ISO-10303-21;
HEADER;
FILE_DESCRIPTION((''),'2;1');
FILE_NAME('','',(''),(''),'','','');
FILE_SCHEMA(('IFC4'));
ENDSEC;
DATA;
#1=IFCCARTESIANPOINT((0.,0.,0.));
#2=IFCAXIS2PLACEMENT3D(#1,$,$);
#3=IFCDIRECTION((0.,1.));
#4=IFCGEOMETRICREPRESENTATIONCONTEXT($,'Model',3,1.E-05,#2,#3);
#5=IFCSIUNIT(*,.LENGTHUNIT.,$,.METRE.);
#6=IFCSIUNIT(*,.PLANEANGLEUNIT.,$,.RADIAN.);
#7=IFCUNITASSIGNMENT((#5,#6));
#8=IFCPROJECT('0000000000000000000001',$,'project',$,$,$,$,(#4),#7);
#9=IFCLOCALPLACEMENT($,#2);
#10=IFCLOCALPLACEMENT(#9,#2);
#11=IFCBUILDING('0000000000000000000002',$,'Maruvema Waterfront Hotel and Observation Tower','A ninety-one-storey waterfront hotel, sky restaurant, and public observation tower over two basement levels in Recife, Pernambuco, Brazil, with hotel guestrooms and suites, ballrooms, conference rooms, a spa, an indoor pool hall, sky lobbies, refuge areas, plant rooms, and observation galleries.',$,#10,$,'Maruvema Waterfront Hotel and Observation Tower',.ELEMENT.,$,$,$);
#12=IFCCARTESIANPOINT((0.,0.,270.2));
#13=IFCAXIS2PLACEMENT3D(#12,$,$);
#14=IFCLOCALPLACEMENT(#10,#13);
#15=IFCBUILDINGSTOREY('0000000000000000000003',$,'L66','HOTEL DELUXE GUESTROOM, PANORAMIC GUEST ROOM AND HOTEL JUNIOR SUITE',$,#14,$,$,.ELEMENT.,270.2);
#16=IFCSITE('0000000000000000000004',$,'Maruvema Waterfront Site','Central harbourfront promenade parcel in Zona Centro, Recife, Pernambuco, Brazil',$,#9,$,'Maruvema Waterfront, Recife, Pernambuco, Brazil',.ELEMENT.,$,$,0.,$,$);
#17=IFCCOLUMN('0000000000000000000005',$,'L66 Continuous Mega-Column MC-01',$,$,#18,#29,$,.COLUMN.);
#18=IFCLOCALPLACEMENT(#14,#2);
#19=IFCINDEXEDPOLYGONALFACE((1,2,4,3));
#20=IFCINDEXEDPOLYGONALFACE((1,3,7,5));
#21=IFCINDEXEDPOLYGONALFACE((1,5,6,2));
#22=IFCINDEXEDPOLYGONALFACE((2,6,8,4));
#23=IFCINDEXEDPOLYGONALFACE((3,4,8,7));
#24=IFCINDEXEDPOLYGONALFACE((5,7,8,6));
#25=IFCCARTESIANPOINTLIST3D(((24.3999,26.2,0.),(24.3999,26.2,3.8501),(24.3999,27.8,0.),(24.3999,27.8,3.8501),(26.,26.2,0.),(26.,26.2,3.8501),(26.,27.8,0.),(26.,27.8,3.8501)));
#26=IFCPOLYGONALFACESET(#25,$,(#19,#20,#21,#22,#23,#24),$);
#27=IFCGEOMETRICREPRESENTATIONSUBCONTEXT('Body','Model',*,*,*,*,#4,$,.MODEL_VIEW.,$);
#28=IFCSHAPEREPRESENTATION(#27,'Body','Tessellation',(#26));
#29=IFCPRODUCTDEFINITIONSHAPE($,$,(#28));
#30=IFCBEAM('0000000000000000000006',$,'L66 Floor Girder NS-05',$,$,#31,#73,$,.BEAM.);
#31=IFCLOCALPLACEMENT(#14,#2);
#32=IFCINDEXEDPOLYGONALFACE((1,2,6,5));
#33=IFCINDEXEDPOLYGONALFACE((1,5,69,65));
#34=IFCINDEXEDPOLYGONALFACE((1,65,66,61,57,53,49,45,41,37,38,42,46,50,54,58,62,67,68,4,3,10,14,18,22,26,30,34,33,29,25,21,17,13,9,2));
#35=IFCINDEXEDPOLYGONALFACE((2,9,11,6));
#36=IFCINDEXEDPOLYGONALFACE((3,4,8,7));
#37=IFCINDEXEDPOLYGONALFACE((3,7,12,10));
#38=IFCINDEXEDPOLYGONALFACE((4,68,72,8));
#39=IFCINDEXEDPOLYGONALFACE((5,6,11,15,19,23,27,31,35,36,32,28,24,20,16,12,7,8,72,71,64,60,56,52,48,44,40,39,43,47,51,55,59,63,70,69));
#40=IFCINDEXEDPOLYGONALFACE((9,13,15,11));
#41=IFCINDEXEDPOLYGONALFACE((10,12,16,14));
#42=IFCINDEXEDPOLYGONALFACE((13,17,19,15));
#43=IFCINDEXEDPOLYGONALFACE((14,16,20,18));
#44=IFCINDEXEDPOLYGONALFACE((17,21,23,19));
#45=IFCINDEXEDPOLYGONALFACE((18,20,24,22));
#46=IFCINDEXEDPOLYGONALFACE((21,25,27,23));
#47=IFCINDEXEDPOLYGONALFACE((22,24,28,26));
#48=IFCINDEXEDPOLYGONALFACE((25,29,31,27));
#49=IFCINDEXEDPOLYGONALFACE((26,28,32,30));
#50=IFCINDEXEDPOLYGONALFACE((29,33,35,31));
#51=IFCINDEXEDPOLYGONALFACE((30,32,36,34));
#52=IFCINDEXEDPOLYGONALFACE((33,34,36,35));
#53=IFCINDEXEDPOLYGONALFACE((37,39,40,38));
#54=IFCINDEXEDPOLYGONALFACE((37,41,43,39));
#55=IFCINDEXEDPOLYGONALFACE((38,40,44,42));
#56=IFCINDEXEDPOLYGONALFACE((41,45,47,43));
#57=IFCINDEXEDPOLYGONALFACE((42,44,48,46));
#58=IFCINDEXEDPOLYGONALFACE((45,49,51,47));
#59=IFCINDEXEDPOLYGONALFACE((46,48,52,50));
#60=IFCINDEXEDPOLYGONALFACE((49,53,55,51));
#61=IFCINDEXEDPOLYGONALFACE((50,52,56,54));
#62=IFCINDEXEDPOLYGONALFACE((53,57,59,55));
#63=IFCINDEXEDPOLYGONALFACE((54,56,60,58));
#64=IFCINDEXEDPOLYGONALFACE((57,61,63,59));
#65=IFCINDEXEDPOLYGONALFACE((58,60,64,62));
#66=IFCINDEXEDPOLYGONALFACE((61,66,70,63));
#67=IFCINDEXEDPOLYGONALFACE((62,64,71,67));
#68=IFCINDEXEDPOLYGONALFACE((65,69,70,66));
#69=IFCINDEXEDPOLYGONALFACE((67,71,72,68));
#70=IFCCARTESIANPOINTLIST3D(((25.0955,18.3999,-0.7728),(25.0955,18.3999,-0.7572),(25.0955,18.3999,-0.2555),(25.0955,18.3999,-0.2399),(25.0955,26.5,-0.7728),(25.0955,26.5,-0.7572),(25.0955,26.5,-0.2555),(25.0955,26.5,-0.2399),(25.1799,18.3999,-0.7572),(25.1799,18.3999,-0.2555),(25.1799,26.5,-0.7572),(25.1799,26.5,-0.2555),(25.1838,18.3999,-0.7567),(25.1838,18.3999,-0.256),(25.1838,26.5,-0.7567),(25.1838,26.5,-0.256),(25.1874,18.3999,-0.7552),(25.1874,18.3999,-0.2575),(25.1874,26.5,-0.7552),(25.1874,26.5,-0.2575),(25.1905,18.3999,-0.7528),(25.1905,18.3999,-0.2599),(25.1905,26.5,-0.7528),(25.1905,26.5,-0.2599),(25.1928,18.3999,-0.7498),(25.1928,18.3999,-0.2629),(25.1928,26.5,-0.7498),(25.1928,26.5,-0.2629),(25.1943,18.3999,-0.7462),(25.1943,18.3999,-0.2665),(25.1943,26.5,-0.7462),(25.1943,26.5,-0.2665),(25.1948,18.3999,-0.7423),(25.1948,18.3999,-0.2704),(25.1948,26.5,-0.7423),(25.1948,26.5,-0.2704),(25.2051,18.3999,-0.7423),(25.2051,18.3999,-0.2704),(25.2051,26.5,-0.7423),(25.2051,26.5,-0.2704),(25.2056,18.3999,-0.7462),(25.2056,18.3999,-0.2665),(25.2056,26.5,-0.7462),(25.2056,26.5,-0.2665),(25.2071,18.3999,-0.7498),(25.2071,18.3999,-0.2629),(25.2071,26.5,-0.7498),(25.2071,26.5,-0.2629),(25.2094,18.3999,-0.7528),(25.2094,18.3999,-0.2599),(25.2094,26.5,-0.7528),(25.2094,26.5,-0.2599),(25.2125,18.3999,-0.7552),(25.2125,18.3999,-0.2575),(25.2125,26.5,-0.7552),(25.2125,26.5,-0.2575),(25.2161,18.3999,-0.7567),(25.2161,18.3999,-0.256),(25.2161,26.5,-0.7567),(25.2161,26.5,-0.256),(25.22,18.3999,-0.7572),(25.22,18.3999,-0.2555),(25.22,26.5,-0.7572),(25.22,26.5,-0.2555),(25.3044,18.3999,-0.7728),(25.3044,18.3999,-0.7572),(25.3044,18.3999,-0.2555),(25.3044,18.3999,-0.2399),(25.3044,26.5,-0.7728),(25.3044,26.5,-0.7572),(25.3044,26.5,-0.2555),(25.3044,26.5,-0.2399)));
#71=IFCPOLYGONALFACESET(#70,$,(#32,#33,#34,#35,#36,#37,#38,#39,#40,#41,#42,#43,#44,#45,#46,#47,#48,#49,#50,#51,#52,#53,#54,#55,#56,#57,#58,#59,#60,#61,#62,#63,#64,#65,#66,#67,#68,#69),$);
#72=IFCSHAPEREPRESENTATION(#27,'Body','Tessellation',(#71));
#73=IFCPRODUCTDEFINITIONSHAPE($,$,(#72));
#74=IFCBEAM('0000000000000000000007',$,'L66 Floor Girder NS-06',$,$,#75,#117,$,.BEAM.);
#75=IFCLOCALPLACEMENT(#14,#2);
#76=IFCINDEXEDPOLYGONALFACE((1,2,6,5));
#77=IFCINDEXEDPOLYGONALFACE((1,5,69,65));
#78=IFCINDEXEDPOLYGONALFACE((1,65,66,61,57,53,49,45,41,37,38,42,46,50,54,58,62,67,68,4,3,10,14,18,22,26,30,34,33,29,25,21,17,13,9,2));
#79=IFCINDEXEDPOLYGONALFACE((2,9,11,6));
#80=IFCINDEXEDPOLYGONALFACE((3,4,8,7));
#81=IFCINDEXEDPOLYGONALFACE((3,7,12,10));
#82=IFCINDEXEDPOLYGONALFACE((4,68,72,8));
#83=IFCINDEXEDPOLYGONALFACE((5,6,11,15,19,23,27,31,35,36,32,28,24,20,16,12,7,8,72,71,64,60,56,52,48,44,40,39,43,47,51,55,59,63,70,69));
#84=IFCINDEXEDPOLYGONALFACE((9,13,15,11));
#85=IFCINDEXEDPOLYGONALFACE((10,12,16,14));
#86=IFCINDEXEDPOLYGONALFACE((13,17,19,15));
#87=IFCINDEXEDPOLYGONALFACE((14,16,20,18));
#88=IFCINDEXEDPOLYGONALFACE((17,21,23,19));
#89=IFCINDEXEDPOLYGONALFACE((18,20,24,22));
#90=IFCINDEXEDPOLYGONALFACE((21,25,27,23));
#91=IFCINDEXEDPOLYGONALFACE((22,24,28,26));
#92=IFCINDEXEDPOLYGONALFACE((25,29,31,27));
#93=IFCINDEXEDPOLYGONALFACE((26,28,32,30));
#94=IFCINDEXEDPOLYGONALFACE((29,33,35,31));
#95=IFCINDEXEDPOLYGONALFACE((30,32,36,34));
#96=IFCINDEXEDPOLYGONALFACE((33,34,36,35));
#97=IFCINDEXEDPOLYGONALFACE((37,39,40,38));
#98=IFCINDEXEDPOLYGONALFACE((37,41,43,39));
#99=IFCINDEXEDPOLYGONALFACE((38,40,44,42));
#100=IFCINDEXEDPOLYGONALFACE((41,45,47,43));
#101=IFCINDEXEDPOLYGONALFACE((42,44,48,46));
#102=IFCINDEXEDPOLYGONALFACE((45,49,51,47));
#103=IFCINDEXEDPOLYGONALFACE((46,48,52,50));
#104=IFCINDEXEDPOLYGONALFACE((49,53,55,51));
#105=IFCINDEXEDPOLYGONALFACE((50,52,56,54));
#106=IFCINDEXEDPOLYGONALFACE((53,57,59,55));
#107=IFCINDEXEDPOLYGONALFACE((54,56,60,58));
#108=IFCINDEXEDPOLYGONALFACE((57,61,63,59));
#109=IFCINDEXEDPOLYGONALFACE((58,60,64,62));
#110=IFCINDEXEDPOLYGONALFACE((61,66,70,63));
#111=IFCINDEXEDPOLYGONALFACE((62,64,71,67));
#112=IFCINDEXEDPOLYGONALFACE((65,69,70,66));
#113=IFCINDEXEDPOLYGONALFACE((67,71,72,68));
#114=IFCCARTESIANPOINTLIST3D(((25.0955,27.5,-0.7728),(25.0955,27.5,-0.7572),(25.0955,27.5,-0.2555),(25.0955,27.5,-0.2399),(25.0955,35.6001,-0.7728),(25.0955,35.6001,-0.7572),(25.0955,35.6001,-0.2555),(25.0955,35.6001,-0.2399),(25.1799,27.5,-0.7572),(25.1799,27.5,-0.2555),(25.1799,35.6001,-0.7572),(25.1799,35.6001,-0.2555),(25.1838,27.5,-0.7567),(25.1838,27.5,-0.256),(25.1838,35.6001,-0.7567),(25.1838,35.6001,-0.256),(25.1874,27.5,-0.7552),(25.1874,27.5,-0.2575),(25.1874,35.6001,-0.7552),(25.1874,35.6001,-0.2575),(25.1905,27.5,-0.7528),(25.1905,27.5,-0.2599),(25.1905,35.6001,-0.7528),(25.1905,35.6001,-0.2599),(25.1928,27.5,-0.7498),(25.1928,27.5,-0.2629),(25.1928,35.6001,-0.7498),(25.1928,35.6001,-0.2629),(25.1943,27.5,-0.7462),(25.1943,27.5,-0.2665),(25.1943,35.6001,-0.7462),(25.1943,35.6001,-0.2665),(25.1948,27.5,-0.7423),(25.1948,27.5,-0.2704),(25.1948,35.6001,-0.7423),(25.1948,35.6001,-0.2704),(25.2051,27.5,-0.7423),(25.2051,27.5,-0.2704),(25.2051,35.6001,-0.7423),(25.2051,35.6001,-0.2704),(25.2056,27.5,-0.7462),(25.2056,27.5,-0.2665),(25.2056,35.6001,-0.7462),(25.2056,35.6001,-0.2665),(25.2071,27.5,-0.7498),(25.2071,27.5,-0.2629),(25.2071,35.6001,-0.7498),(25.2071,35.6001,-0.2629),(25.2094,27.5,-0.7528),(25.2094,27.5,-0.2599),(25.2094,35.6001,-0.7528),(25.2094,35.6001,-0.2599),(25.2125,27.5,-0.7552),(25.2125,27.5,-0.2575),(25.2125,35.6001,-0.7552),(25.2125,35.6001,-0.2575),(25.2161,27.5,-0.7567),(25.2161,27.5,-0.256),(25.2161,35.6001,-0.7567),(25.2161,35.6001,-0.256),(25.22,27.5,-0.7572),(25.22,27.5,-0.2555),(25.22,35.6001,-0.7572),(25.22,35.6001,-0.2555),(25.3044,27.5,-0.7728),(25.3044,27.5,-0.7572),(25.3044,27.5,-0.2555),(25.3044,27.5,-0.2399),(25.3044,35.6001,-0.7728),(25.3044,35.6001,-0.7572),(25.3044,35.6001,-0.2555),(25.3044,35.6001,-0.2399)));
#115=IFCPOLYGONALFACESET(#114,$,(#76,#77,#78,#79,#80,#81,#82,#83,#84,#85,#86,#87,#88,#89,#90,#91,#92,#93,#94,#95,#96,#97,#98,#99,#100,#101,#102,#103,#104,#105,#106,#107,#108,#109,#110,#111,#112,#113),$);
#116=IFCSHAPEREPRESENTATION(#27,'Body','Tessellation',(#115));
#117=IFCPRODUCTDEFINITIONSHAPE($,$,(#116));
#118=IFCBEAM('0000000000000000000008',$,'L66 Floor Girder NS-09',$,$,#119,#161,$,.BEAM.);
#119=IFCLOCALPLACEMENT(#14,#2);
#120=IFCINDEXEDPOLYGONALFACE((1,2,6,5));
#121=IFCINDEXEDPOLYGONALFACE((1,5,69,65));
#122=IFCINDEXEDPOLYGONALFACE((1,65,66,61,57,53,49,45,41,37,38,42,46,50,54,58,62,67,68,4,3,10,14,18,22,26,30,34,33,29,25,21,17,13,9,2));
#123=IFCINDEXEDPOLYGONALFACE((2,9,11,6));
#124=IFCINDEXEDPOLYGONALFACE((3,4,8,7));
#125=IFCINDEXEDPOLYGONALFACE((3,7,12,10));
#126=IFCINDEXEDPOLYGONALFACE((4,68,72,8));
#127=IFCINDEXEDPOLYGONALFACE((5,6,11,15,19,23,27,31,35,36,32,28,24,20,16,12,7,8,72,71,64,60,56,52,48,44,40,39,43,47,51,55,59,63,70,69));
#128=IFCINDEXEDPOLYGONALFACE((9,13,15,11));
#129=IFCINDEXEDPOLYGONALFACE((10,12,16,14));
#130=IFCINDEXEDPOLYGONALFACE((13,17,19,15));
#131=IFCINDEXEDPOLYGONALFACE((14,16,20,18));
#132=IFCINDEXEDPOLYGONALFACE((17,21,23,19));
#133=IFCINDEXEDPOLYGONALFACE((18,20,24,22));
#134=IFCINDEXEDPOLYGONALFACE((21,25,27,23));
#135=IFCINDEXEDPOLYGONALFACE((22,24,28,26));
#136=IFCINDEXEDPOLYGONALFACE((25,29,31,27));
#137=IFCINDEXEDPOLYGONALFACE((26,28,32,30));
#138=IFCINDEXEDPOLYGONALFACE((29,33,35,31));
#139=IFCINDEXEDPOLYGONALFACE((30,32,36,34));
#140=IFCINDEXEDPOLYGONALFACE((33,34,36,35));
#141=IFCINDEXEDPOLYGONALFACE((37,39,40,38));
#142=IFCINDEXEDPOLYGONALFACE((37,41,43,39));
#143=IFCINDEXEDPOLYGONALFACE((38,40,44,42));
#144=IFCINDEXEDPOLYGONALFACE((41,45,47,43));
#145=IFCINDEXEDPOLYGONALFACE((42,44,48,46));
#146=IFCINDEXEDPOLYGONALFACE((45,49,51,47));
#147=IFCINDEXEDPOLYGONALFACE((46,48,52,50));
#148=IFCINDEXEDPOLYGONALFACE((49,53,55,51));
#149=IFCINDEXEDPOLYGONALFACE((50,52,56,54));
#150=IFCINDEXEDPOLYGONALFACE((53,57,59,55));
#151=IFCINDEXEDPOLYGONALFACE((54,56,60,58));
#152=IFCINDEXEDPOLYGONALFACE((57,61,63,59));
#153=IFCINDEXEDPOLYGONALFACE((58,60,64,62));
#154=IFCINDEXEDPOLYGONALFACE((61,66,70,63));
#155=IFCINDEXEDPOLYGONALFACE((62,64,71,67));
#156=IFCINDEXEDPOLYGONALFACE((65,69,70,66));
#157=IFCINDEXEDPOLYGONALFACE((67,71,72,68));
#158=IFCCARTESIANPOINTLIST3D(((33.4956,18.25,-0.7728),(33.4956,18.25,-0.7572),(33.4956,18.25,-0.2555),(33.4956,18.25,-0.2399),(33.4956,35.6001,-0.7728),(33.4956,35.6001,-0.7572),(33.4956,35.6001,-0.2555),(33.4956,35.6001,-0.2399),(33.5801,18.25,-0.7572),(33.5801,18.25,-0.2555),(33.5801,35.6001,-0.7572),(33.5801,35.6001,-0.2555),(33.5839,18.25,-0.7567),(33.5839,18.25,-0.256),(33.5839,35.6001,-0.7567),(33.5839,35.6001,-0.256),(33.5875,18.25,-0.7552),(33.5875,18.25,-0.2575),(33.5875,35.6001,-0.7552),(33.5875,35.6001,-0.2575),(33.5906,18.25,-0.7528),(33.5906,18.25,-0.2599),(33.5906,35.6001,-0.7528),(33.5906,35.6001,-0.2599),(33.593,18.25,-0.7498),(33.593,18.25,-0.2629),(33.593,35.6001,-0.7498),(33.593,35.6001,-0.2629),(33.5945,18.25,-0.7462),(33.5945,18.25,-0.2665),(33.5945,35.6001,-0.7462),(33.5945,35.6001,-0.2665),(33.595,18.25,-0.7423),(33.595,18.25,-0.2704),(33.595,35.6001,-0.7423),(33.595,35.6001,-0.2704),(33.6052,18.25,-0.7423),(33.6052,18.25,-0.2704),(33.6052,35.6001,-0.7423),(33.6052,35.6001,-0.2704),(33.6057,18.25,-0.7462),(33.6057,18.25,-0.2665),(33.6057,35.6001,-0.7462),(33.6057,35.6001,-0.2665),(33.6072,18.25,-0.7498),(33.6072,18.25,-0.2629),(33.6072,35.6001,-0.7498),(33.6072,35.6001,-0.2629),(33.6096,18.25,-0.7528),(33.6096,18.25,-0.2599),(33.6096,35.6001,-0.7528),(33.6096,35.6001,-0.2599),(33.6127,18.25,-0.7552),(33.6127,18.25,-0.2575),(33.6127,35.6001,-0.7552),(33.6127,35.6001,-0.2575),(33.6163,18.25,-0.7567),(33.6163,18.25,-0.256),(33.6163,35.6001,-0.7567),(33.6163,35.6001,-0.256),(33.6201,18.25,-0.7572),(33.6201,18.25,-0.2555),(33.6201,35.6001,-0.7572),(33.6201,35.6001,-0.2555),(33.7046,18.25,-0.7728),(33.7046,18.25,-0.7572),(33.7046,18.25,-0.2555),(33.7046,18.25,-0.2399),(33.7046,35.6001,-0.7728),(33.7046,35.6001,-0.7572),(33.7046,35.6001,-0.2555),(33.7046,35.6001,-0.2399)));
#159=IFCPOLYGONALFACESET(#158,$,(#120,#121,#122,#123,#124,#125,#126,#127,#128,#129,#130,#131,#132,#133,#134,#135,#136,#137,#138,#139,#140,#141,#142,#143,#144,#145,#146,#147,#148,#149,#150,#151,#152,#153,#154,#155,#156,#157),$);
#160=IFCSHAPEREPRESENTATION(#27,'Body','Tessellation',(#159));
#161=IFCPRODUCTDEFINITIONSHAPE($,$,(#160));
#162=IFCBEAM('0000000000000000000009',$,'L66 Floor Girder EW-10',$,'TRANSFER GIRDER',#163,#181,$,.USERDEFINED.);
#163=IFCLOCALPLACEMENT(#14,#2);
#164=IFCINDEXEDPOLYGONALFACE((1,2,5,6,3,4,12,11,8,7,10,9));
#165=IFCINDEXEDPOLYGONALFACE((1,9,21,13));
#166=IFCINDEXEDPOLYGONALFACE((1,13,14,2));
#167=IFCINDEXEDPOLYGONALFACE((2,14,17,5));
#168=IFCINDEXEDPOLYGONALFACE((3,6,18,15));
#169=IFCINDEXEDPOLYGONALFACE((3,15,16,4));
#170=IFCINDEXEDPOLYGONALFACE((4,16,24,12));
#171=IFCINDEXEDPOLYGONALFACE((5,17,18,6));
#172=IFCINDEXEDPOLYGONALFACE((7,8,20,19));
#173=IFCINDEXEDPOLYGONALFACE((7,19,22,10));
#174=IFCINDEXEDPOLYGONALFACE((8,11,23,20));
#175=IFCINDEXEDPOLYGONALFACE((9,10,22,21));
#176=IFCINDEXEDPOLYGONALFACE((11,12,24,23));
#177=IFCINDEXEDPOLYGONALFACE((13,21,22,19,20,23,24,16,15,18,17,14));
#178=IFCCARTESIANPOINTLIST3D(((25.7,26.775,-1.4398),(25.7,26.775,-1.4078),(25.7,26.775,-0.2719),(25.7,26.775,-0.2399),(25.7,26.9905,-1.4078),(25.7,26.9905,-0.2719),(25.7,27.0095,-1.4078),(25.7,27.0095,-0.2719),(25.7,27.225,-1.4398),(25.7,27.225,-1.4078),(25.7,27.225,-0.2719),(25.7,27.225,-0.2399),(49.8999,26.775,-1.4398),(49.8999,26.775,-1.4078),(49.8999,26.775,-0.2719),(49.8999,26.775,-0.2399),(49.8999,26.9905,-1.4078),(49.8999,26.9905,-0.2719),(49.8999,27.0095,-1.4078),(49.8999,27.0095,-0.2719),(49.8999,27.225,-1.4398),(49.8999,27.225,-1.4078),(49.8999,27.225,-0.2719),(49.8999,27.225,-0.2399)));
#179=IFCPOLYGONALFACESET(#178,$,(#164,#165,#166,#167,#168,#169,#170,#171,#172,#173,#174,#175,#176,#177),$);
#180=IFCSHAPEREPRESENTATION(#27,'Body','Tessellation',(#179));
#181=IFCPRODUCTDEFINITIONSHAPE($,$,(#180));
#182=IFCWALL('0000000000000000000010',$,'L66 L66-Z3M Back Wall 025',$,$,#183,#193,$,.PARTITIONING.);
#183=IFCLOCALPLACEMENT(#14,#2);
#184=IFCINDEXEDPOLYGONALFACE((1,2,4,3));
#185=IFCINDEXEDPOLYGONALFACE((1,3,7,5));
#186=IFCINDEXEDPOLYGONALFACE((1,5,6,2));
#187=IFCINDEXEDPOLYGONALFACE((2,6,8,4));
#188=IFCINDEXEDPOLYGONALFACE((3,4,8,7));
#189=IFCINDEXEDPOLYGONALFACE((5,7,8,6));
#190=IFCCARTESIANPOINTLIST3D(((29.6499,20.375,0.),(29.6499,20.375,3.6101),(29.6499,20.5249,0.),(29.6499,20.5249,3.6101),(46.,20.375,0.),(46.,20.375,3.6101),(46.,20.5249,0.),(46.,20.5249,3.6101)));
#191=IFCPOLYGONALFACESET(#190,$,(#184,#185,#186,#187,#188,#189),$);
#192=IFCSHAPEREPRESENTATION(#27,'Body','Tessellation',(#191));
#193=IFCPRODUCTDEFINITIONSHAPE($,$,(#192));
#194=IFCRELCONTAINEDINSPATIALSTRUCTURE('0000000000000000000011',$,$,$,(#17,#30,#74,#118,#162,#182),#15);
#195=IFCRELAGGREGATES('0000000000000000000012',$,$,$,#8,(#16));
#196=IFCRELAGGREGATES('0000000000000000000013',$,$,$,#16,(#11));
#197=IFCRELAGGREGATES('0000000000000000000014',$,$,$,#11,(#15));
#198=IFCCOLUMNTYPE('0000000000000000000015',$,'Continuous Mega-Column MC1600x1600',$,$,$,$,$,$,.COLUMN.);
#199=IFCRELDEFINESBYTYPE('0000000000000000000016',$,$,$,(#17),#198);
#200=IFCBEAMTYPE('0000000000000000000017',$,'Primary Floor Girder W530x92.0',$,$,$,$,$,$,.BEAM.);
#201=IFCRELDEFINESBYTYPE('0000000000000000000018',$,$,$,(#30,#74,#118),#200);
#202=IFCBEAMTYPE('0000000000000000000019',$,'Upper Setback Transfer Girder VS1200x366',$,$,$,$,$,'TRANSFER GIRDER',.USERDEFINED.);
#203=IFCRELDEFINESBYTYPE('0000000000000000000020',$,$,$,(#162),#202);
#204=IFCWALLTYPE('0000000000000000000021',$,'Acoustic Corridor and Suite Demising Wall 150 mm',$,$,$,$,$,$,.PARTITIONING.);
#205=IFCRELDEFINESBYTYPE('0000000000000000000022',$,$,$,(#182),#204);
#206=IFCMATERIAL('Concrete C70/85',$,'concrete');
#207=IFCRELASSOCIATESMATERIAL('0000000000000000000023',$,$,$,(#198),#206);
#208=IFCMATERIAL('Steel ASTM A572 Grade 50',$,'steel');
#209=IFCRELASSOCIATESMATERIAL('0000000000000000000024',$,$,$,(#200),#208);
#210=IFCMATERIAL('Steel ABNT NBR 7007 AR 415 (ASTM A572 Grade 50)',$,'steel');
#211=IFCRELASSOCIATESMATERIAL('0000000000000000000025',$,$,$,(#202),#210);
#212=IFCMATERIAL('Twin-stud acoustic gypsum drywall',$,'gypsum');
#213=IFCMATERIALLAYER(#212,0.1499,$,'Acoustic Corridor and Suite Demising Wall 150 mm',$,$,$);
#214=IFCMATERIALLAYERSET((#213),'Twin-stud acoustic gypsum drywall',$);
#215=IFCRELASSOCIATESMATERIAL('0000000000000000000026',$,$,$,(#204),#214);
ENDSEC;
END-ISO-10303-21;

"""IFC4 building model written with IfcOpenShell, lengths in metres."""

from ifc_helpers import new_model, si_unit, direction, frame, frame_2d, origin, origin_2d, place, context, subcontext, project, spatial, rectangle, i_section, extrude, material, layer, layer_set, material_profile, profile_set, type_object, element, save


model = new_model("IFC4")

# Units and contexts
model_context = context("Model", 3, precision=1e-05, world=origin(), true_north=direction((0.0, 1.0)))
body_context = subcontext(model_context, "Body", "Model", "MODEL_VIEW")
ifc_project = project(units=[si_unit("LENGTHUNIT", "METRE"), si_unit("PLANEANGLEUNIT", "RADIAN")], contexts=[model_context])

# Site, building, storey
site_placement = place(None, origin())
site = spatial("IfcSite", under=ifc_project, at=site_placement, Name="Maruvema Waterfront Site", Description="Central harbourfront promenade parcel in Zona Centro, Recife, Pernambuco, Brazil", LongName="Maruvema Waterfront, Recife, Pernambuco, Brazil", CompositionType="ELEMENT", RefElevation=0.0)
building_placement = place(site_placement, origin())
building = spatial("IfcBuilding", under=site, at=building_placement, Name="Maruvema Waterfront Hotel and Observation Tower", Description="A ninety-one-storey waterfront hotel, sky restaurant, and public observation tower over two basement levels in Recife, Pernambuco, Brazil, with hotel guestrooms and suites, ballrooms, conference rooms, a spa, an indoor pool hall, sky lobbies, refuge areas, plant rooms, and observation galleries.", LongName="Maruvema Waterfront Hotel and Observation Tower", CompositionType="ELEMENT")
storey_placement = place(building_placement, frame((0.0, 0.0, 270.2)))
storey = spatial("IfcBuildingStorey", under=building, at=storey_placement, Name="L66", Description="HOTEL DELUXE GUESTROOM, PANORAMIC GUEST ROOM AND HOTEL JUNIOR SUITE", CompositionType="ELEMENT", Elevation=270.2)

# Column
ifc_material_1 = material(Name="Concrete C70/85", Category="concrete")
ifc_material_profile_1 = material_profile(ifc_material_1, rectangle(XDim=1.6001, YDim=1.6001, at=origin_2d()), Name="MC1600x1600")
ifc_profile_set_1 = profile_set([ifc_material_profile_1], Name="Concrete C70/85")
column_type = type_object("IfcColumnType", Name="Continuous Mega-Column MC1600x1600", PredefinedType="COLUMN", material=ifc_profile_set_1)
column_placement = place(storey_placement, frame((25.2, 27.0, 0.0), z_axis=(0.0, 0.0, 1.0), x_axis=(1.0, 0.0, 0.0)))
element("IfcColumn", 1, at=column_placement, inside=storey, type_object=column_type, Name="L66 Continuous Mega-Column MC-01", PredefinedType="COLUMN", context=body_context, shape_type="SweptSolid", body=[
    extrude(rectangle(XDim=1.6001, YDim=1.6001, at=origin_2d()), origin(), (0.0, 0.0, 1.0), 3.8501),
])

# Beams
ifc_material_2 = material(Name="Steel ASTM A572 Grade 50", Category="steel")
ifc_material_profile_2 = material_profile(ifc_material_2, i_section(OverallWidth=0.209, OverallDepth=0.533, WebThickness=0.0103, FlangeThickness=0.0156, FilletRadius=0.0149, at=origin_2d()), Name="W530x92.0")
ifc_profile_set_2 = profile_set([ifc_material_profile_2], Name="Steel ASTM A572 Grade 50")
beam_type_1 = type_object("IfcBeamType", Name="Primary Floor Girder W530x92.0", PredefinedType="BEAM", material=ifc_profile_set_2)
for number, where, z_axis, x_axis, name in (
    (2, (25.2, 18.3999, -0.5063), (0.0, 1.0, 0.0), (-1.0, 0.0, 0.0), "L66 Floor Girder NS-05"),
    (3, (25.2, 27.5, -0.5063), (0.0, 1.0, 0.0), (-1.0, 0.0, 0.0), "L66 Floor Girder NS-06"),
):
    element("IfcBeam", number, at=place(storey_placement, frame(where, z_axis=z_axis, x_axis=x_axis)), inside=storey, type_object=beam_type_1, Name=name, PredefinedType="BEAM", context=body_context, shape_type="SweptSolid", body=[
        extrude(i_section(OverallWidth=0.209, OverallDepth=0.533, WebThickness=0.0103, FlangeThickness=0.0156, FilletRadius=0.0149, at=origin_2d()), origin(), (0.0, 0.0, 1.0), 8.1001),
    ])
beam_1_placement = place(storey_placement, frame((33.6001, 18.25, -0.5063), z_axis=(0.0, 1.0, 0.0), x_axis=(-1.0, 0.0, 0.0)))
element("IfcBeam", 4, at=beam_1_placement, inside=storey, type_object=beam_type_1, Name="L66 Floor Girder NS-09", PredefinedType="BEAM", context=body_context, shape_type="SweptSolid", body=[
    extrude(i_section(OverallWidth=0.209, OverallDepth=0.533, WebThickness=0.0103, FlangeThickness=0.0156, FilletRadius=0.0149, at=origin_2d()), origin(), (0.0, 0.0, 1.0), 17.3501),
])
ifc_material_3 = material(Name="Steel ABNT NBR 7007 AR 415 (ASTM A572 Grade 50)", Category="steel")
ifc_material_profile_3 = material_profile(ifc_material_3, i_section(OverallWidth=0.45, OverallDepth=1.2, WebThickness=0.019, FlangeThickness=0.032, at=origin_2d()), Name="VS1200x366")
ifc_profile_set_3 = profile_set([ifc_material_profile_3], Name="Steel ABNT NBR 7007 AR 415 (ASTM A572 Grade 50)")
beam_type_2 = type_object("IfcBeamType", Name="Upper Setback Transfer Girder VS1200x366", ElementType="TRANSFER GIRDER", PredefinedType="USERDEFINED", material=ifc_profile_set_3)
beam_2_placement = place(storey_placement, frame((25.7, 27.0, -0.8398), z_axis=(1.0, 0.0, 0.0), x_axis=(0.0, 1.0, 0.0)))
element("IfcBeam", 5, at=beam_2_placement, inside=storey, type_object=beam_type_2, Name="L66 Floor Girder EW-10", ObjectType="TRANSFER GIRDER", PredefinedType="USERDEFINED", context=body_context, shape_type="SweptSolid", body=[
    extrude(i_section(OverallWidth=0.45, OverallDepth=1.2, WebThickness=0.019, FlangeThickness=0.032, at=origin_2d()), origin(), (0.0, 0.0, 1.0), 24.2),
])

# Wall
ifc_material_4 = material(Name="Twin-stud acoustic gypsum drywall", Category="gypsum")
ifc_layer_1 = layer(ifc_material_4, 0.1499, Name="Acoustic Corridor and Suite Demising Wall 150 mm")
ifc_layer_set_1 = layer_set([ifc_layer_1], Name="Twin-stud acoustic gypsum drywall")
wall_type_1 = type_object("IfcWallType", Name="Acoustic Corridor and Suite Demising Wall 150 mm", PredefinedType="PARTITIONING", material=ifc_layer_set_1)
wall_1_placement = place(storey_placement, frame((29.6499, 20.45, 0.0), z_axis=(0.0, 0.0, 1.0), x_axis=(1.0, 0.0, 0.0)))
element("IfcWall", 6, at=wall_1_placement, inside=storey, type_object=wall_type_1, Name="L66 L66-Z3M Back Wall 025", PredefinedType="PARTITIONING", context=body_context, shape_type="SweptSolid", body=[
    extrude(rectangle(XDim=16.3501, YDim=0.1499, at=frame_2d((8.175, 0.0))), origin(), (0.0, 0.0, 1.0), 3.6101),
])

save(model, "model.ifc")
